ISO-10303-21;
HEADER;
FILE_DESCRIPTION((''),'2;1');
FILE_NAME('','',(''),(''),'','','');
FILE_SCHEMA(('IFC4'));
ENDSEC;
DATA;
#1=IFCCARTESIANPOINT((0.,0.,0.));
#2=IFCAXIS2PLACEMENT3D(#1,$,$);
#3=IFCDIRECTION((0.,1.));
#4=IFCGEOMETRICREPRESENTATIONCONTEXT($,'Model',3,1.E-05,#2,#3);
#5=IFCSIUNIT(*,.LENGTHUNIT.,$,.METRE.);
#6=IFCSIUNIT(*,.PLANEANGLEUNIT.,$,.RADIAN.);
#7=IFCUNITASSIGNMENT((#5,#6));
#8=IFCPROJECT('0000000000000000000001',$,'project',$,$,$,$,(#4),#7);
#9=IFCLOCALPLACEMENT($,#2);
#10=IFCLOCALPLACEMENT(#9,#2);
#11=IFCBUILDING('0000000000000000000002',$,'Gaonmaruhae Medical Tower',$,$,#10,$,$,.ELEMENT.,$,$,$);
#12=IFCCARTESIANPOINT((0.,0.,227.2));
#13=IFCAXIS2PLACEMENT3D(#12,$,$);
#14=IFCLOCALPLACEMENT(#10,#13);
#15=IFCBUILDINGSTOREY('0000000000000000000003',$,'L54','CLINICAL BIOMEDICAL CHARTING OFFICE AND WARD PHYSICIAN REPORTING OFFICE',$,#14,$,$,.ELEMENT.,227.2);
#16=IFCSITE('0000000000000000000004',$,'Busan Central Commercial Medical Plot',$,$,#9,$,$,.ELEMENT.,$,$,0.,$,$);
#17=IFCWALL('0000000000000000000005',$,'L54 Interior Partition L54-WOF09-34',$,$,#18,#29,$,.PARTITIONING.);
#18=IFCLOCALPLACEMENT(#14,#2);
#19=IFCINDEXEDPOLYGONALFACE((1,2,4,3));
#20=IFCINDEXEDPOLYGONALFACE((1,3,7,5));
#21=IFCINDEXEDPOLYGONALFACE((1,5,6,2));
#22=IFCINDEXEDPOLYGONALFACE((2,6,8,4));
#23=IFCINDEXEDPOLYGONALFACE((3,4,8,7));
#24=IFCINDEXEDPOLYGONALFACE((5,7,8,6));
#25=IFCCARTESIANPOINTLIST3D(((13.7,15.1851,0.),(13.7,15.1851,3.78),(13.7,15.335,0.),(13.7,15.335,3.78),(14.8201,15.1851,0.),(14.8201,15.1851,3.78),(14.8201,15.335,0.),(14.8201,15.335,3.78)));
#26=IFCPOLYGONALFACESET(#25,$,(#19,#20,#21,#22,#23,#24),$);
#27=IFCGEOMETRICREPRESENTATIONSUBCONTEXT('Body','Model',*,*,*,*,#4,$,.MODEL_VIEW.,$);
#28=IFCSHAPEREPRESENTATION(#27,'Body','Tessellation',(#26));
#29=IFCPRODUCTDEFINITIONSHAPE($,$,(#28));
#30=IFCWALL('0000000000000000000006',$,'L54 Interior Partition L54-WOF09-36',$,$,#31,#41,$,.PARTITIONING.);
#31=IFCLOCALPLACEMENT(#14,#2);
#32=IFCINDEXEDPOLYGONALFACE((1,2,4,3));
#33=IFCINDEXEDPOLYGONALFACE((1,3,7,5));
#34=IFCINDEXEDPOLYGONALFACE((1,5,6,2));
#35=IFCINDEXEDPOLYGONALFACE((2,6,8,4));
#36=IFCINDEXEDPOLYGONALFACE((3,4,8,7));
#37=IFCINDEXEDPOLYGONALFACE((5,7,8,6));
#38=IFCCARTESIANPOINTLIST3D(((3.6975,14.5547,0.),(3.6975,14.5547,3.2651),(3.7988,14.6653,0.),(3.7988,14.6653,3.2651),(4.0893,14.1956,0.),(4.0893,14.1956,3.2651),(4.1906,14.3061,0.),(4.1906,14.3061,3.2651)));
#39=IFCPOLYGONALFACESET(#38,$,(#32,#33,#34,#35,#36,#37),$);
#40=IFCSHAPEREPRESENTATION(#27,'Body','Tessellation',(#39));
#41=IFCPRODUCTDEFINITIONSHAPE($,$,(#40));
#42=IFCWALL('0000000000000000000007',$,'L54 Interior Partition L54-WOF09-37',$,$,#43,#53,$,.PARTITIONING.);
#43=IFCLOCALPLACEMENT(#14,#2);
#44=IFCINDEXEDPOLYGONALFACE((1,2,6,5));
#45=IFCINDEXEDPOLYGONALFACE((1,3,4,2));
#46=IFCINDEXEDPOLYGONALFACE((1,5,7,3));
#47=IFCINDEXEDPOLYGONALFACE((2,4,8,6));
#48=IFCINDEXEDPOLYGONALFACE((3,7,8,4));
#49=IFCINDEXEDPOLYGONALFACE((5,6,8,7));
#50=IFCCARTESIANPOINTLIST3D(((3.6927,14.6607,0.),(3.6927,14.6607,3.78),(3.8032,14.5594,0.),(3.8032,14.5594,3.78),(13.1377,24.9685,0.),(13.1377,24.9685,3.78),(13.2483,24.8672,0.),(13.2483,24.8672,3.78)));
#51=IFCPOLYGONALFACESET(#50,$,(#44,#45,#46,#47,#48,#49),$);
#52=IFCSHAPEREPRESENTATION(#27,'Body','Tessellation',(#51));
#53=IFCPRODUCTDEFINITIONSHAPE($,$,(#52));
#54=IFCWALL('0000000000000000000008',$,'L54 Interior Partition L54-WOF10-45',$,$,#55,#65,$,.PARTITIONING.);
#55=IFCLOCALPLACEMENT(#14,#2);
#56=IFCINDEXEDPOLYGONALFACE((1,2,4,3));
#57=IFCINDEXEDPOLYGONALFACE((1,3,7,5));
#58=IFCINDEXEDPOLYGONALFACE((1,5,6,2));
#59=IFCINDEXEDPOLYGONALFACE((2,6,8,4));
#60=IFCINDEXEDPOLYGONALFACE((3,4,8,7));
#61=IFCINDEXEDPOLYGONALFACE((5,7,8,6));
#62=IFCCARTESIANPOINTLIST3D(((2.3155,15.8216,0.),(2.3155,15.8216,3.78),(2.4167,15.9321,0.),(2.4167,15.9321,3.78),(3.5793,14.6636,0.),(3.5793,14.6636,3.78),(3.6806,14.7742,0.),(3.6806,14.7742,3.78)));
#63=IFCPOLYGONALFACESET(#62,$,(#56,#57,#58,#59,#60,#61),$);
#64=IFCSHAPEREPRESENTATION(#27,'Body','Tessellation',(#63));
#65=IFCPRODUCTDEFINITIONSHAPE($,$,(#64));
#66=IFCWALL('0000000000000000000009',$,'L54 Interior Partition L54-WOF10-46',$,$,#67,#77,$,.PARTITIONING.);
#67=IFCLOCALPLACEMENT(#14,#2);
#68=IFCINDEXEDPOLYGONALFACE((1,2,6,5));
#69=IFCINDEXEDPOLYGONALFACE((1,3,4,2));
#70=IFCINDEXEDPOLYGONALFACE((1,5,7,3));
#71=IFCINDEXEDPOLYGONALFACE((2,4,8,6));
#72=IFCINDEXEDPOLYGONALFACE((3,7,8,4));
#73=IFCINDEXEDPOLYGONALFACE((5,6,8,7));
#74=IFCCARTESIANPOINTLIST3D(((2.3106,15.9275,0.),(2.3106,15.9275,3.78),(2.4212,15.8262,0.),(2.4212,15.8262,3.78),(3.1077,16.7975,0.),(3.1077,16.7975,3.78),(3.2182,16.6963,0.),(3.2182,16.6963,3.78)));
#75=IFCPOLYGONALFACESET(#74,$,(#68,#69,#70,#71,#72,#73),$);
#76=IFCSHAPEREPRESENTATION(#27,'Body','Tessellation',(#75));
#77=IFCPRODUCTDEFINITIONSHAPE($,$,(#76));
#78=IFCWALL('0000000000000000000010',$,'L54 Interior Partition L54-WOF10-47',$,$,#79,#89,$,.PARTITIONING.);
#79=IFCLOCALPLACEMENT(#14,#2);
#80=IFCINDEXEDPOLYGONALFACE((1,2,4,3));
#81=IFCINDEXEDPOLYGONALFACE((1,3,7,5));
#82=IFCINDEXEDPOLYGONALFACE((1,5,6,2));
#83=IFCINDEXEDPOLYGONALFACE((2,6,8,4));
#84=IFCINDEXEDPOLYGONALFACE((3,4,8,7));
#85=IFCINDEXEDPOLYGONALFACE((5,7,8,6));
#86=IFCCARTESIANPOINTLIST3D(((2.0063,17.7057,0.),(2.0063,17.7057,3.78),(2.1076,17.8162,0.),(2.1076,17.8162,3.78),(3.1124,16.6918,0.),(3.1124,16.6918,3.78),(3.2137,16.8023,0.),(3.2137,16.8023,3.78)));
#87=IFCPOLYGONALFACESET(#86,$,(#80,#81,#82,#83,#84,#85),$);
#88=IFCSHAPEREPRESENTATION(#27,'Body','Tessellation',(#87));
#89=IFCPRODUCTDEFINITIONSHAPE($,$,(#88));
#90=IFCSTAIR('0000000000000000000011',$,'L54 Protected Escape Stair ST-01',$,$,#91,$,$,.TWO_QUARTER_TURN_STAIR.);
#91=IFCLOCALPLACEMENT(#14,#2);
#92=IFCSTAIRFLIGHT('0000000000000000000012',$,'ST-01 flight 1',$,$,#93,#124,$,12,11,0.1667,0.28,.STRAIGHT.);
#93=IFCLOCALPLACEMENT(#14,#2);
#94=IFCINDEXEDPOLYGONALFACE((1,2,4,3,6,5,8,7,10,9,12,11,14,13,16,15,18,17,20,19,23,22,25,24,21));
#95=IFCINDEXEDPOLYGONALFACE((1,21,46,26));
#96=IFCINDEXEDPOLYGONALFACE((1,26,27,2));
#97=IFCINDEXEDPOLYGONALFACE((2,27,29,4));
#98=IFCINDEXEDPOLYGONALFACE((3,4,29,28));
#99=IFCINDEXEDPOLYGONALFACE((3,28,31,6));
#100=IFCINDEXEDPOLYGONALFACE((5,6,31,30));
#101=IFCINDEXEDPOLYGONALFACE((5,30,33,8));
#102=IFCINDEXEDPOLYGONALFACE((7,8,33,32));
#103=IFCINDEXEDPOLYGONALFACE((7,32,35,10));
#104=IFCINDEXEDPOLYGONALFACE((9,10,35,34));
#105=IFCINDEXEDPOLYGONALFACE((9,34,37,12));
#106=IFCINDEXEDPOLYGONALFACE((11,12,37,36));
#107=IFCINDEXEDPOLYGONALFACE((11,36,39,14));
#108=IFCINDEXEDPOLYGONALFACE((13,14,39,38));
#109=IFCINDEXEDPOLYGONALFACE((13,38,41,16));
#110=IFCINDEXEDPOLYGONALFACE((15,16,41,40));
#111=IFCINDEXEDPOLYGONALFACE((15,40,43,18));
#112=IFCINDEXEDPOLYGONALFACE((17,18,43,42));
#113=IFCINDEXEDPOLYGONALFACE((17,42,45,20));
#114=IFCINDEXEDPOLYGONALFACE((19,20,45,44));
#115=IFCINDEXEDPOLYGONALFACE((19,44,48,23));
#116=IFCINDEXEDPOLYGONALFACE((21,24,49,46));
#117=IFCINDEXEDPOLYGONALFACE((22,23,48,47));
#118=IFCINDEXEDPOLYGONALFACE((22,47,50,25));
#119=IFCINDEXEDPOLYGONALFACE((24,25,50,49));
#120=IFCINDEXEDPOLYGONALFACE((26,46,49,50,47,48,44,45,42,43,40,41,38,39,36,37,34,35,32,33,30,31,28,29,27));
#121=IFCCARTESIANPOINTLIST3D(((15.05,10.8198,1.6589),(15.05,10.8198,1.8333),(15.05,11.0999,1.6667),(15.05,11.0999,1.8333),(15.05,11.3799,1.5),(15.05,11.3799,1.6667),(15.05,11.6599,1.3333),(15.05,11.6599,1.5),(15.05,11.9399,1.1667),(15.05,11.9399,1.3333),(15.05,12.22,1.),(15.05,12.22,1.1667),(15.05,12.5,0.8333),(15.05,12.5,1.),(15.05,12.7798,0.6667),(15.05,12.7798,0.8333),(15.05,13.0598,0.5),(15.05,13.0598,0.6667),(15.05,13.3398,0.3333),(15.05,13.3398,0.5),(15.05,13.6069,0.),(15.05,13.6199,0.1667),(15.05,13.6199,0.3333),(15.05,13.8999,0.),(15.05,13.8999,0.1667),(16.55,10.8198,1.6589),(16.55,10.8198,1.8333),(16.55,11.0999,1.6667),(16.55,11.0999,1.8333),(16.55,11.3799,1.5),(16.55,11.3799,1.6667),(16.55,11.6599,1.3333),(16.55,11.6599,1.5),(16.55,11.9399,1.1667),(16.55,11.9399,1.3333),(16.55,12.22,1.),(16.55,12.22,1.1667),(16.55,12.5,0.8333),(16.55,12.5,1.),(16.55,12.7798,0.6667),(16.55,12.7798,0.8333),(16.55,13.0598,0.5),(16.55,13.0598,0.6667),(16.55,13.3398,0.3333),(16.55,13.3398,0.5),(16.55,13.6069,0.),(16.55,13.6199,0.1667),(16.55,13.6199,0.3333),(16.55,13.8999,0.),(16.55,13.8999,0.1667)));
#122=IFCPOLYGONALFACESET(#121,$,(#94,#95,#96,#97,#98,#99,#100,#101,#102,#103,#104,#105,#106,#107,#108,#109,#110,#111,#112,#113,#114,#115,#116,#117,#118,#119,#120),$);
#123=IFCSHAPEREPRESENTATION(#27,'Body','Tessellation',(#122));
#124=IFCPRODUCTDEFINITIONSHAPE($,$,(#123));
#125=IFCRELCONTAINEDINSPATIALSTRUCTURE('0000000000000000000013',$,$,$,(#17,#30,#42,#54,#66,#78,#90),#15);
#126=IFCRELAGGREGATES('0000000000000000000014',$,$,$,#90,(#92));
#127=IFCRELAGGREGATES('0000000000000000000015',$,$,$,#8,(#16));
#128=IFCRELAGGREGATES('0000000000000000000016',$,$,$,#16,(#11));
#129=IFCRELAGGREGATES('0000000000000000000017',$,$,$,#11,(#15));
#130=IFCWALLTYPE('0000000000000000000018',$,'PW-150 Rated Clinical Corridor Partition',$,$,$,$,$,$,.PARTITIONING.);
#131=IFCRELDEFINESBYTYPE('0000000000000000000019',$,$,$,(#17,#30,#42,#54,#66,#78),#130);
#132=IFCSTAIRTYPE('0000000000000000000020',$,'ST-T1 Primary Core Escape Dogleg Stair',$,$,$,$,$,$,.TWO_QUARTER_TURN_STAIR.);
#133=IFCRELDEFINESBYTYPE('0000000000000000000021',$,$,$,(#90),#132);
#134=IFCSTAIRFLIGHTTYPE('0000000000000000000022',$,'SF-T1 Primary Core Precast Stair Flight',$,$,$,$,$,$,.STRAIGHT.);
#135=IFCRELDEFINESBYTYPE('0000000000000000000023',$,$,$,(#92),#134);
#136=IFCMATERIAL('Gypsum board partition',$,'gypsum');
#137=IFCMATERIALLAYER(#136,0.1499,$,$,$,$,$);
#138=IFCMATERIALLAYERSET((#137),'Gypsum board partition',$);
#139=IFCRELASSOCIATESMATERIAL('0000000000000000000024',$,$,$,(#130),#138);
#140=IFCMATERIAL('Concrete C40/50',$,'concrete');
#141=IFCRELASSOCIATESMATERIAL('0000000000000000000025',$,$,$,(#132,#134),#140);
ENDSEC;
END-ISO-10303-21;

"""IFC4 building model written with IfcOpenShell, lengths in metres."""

from ifc_helpers import new_model, si_unit, direction, frame, frame_2d, origin, place, context, subcontext, project, spatial, polyline, rectangle, outline, extrude, material, layer, layer_set, type_object, element, aggregate, save


model = new_model("IFC4")

# Units and contexts
model_context = context("Model", 3, precision=1e-05, world=origin(), true_north=direction((0.0, 1.0)))
body_context = subcontext(model_context, "Body", "Model", "MODEL_VIEW")
ifc_project = project(units=[si_unit("LENGTHUNIT", "METRE"), si_unit("PLANEANGLEUNIT", "RADIAN")], contexts=[model_context])

# Site, building, storey
site_placement = place(None, origin())
site = spatial("IfcSite", under=ifc_project, at=site_placement, Name="Busan Central Commercial Medical Plot", CompositionType="ELEMENT", RefElevation=0.0)
building_placement = place(site_placement, origin())
building = spatial("IfcBuilding", under=site, at=building_placement, Name="Gaonmaruhae Medical Tower", CompositionType="ELEMENT")
storey_placement = place(building_placement, frame((0.0, 0.0, 227.2)))
storey = spatial("IfcBuildingStorey", under=building, at=storey_placement, Name="L54", Description="CLINICAL BIOMEDICAL CHARTING OFFICE AND WARD PHYSICIAN REPORTING OFFICE", CompositionType="ELEMENT", Elevation=227.2)

# Walls
ifc_material_1 = material(Name="Gypsum board partition", Category="gypsum")
ifc_layer_1 = layer(ifc_material_1, 0.1499)
ifc_layer_set_1 = layer_set([ifc_layer_1], Name="Gypsum board partition")
wall_type_1 = type_object("IfcWallType", Name="PW-150 Rated Clinical Corridor Partition", PredefinedType="PARTITIONING", material=ifc_layer_set_1)
wall_1_placement = place(storey_placement, frame((14.8201, 15.26, 0.0), z_axis=(0.0, 0.0, 1.0), x_axis=(-1.0, 0.0, 0.0)))
element("IfcWall", 1, at=wall_1_placement, inside=storey, type_object=wall_type_1, Name="L54 Interior Partition L54-WOF09-34", PredefinedType="PARTITIONING", context=body_context, shape_type="SweptSolid", body=[
    extrude(rectangle(XDim=1.1201, YDim=0.1499, at=frame_2d((0.5601, 0.0))), origin(), (0.0, 0.0, 1.0), 3.78),
])
wall_2_placement = place(storey_placement, frame((4.1399, 14.251, 0.0), z_axis=(0.0, 0.0, 1.0), x_axis=(-0.737211, 0.675662, 0.0)))
element("IfcWall", 2, at=wall_2_placement, inside=storey, type_object=wall_type_1, Name="L54 Interior Partition L54-WOF09-36", PredefinedType="PARTITIONING", context=body_context, shape_type="SweptSolid", body=[
    extrude(rectangle(XDim=0.5315, YDim=0.1499, at=frame_2d((0.2656, 0.0))), origin(), (0.0, 0.0, 1.0), 3.2651),
])
wall_3_placement = place(storey_placement, frame((3.748, 14.6101, 0.0), z_axis=(0.0, 0.0, 1.0), x_axis=(0.675577, 0.73729, 0.0)))
element("IfcWall", 3, at=wall_3_placement, inside=storey, type_object=wall_type_1, Name="L54 Interior Partition L54-WOF09-37", PredefinedType="PARTITIONING", context=body_context, shape_type="SweptSolid", body=[
    extrude(rectangle(XDim=13.9807, YDim=0.1499, at=frame_2d((6.9902, 0.0))), origin(), (0.0, 0.0, 1.0), 3.78),
])
wall_4_placement = place(storey_placement, frame((3.6299, 14.719, 0.0), z_axis=(0.0, 0.0, 1.0), x_axis=(-0.737337, 0.675525, 0.0)))
element("IfcWall", 4, at=wall_4_placement, inside=storey, type_object=wall_type_1, Name="L54 Interior Partition L54-WOF10-45", PredefinedType="PARTITIONING", context=body_context, shape_type="SweptSolid", body=[
    extrude(rectangle(XDim=1.7141, YDim=0.1499, at=frame_2d((0.8569, 0.0))), origin(), (0.0, 0.0, 1.0), 3.78),
])
wall_5_placement = place(storey_placement, frame((2.366, 15.877, 0.0), z_axis=(0.0, 0.0, 1.0), x_axis=(0.6755, 0.73736, 0.0)))
element("IfcWall", 5, at=wall_5_placement, inside=storey, type_object=wall_type_1, Name="L54 Interior Partition L54-WOF10-46", PredefinedType="PARTITIONING", context=body_context, shape_type="SweptSolid", body=[
    extrude(rectangle(XDim=1.1799, YDim=0.1499, at=frame_2d((0.5898, 0.0))), origin(), (0.0, 0.0, 1.0), 3.78),
])
wall_6_placement = place(storey_placement, frame((3.1631, 16.7471, 0.0), z_axis=(0.0, 0.0, 1.0), x_axis=(-0.737188, 0.675688, 0.0)))
element("IfcWall", 6, at=wall_6_placement, inside=storey, type_object=wall_type_1, Name="L54 Interior Partition L54-WOF10-47", PredefinedType="PARTITIONING", context=body_context, shape_type="SweptSolid", body=[
    extrude(rectangle(XDim=1.5005, YDim=0.1499, at=frame_2d((0.7502, 0.0))), origin(), (0.0, 0.0, 1.0), 3.78),
])

# Stair, stair flight
ifc_material_2 = material(Name="Concrete C40/50", Category="concrete")
stair_type = type_object("IfcStairType", Name="ST-T1 Primary Core Escape Dogleg Stair", PredefinedType="TWO_QUARTER_TURN_STAIR", material=ifc_material_2)
stair_placement = place(storey_placement, origin())
stair = element("IfcStair", 7, at=stair_placement, inside=storey, type_object=stair_type, Name="L54 Protected Escape Stair ST-01", PredefinedType="TWO_QUARTER_TURN_STAIR")
stair_flight_type = type_object("IfcStairFlightType", Name="SF-T1 Primary Core Precast Stair Flight", PredefinedType="STRAIGHT", material=ifc_material_2)
stair_flight_placement = place(storey_placement, frame((15.8, 13.8999, 0.0), z_axis=(0.0, 0.0, 1.0), x_axis=(0.0, -1.0, 0.0)))
stair_flight = element("IfcStairFlight", 8, at=stair_flight_placement, type_object=stair_flight_type, Name="ST-01 flight 1", NumberOfRisers=12, NumberOfTreads=11, PredefinedType="STRAIGHT", RiserHeight=0.1667, TreadLength=0.28, context=body_context, shape_type="SweptSolid", body=[
    extrude(outline(polyline([(0.0, 0.0), (0.0, 0.1667), (0.28, 0.1667), (0.28, 0.3333), (0.5601, 0.3333), (0.5601, 0.5), (0.8401, 0.5), (0.8401, 0.6667), (1.1201, 0.6667), (1.1201, 0.8333), (1.3999, 0.8333), (1.3999, 1.0), (1.6799, 1.0), (1.6799, 1.1667), (1.96, 1.1667), (1.96, 1.3333), (2.24, 1.3333), (2.24, 1.5), (2.52, 1.5), (2.52, 1.6667), (2.8, 1.6667), (2.8, 1.8333), (3.0801, 1.8333), (3.0801, 2.0), (3.0801, 1.6589), (0.293, 0.0), (0.0, 0.0)])), frame((0.0, 0.75, 0.0), z_axis=(0.0, -1.0, 0.0), x_axis=(1.0, 0.0, 0.0)), (0.0, 0.0, 1.0), 1.5),
])
aggregate(stair, [stair_flight])

save(model, "model.ifc")
